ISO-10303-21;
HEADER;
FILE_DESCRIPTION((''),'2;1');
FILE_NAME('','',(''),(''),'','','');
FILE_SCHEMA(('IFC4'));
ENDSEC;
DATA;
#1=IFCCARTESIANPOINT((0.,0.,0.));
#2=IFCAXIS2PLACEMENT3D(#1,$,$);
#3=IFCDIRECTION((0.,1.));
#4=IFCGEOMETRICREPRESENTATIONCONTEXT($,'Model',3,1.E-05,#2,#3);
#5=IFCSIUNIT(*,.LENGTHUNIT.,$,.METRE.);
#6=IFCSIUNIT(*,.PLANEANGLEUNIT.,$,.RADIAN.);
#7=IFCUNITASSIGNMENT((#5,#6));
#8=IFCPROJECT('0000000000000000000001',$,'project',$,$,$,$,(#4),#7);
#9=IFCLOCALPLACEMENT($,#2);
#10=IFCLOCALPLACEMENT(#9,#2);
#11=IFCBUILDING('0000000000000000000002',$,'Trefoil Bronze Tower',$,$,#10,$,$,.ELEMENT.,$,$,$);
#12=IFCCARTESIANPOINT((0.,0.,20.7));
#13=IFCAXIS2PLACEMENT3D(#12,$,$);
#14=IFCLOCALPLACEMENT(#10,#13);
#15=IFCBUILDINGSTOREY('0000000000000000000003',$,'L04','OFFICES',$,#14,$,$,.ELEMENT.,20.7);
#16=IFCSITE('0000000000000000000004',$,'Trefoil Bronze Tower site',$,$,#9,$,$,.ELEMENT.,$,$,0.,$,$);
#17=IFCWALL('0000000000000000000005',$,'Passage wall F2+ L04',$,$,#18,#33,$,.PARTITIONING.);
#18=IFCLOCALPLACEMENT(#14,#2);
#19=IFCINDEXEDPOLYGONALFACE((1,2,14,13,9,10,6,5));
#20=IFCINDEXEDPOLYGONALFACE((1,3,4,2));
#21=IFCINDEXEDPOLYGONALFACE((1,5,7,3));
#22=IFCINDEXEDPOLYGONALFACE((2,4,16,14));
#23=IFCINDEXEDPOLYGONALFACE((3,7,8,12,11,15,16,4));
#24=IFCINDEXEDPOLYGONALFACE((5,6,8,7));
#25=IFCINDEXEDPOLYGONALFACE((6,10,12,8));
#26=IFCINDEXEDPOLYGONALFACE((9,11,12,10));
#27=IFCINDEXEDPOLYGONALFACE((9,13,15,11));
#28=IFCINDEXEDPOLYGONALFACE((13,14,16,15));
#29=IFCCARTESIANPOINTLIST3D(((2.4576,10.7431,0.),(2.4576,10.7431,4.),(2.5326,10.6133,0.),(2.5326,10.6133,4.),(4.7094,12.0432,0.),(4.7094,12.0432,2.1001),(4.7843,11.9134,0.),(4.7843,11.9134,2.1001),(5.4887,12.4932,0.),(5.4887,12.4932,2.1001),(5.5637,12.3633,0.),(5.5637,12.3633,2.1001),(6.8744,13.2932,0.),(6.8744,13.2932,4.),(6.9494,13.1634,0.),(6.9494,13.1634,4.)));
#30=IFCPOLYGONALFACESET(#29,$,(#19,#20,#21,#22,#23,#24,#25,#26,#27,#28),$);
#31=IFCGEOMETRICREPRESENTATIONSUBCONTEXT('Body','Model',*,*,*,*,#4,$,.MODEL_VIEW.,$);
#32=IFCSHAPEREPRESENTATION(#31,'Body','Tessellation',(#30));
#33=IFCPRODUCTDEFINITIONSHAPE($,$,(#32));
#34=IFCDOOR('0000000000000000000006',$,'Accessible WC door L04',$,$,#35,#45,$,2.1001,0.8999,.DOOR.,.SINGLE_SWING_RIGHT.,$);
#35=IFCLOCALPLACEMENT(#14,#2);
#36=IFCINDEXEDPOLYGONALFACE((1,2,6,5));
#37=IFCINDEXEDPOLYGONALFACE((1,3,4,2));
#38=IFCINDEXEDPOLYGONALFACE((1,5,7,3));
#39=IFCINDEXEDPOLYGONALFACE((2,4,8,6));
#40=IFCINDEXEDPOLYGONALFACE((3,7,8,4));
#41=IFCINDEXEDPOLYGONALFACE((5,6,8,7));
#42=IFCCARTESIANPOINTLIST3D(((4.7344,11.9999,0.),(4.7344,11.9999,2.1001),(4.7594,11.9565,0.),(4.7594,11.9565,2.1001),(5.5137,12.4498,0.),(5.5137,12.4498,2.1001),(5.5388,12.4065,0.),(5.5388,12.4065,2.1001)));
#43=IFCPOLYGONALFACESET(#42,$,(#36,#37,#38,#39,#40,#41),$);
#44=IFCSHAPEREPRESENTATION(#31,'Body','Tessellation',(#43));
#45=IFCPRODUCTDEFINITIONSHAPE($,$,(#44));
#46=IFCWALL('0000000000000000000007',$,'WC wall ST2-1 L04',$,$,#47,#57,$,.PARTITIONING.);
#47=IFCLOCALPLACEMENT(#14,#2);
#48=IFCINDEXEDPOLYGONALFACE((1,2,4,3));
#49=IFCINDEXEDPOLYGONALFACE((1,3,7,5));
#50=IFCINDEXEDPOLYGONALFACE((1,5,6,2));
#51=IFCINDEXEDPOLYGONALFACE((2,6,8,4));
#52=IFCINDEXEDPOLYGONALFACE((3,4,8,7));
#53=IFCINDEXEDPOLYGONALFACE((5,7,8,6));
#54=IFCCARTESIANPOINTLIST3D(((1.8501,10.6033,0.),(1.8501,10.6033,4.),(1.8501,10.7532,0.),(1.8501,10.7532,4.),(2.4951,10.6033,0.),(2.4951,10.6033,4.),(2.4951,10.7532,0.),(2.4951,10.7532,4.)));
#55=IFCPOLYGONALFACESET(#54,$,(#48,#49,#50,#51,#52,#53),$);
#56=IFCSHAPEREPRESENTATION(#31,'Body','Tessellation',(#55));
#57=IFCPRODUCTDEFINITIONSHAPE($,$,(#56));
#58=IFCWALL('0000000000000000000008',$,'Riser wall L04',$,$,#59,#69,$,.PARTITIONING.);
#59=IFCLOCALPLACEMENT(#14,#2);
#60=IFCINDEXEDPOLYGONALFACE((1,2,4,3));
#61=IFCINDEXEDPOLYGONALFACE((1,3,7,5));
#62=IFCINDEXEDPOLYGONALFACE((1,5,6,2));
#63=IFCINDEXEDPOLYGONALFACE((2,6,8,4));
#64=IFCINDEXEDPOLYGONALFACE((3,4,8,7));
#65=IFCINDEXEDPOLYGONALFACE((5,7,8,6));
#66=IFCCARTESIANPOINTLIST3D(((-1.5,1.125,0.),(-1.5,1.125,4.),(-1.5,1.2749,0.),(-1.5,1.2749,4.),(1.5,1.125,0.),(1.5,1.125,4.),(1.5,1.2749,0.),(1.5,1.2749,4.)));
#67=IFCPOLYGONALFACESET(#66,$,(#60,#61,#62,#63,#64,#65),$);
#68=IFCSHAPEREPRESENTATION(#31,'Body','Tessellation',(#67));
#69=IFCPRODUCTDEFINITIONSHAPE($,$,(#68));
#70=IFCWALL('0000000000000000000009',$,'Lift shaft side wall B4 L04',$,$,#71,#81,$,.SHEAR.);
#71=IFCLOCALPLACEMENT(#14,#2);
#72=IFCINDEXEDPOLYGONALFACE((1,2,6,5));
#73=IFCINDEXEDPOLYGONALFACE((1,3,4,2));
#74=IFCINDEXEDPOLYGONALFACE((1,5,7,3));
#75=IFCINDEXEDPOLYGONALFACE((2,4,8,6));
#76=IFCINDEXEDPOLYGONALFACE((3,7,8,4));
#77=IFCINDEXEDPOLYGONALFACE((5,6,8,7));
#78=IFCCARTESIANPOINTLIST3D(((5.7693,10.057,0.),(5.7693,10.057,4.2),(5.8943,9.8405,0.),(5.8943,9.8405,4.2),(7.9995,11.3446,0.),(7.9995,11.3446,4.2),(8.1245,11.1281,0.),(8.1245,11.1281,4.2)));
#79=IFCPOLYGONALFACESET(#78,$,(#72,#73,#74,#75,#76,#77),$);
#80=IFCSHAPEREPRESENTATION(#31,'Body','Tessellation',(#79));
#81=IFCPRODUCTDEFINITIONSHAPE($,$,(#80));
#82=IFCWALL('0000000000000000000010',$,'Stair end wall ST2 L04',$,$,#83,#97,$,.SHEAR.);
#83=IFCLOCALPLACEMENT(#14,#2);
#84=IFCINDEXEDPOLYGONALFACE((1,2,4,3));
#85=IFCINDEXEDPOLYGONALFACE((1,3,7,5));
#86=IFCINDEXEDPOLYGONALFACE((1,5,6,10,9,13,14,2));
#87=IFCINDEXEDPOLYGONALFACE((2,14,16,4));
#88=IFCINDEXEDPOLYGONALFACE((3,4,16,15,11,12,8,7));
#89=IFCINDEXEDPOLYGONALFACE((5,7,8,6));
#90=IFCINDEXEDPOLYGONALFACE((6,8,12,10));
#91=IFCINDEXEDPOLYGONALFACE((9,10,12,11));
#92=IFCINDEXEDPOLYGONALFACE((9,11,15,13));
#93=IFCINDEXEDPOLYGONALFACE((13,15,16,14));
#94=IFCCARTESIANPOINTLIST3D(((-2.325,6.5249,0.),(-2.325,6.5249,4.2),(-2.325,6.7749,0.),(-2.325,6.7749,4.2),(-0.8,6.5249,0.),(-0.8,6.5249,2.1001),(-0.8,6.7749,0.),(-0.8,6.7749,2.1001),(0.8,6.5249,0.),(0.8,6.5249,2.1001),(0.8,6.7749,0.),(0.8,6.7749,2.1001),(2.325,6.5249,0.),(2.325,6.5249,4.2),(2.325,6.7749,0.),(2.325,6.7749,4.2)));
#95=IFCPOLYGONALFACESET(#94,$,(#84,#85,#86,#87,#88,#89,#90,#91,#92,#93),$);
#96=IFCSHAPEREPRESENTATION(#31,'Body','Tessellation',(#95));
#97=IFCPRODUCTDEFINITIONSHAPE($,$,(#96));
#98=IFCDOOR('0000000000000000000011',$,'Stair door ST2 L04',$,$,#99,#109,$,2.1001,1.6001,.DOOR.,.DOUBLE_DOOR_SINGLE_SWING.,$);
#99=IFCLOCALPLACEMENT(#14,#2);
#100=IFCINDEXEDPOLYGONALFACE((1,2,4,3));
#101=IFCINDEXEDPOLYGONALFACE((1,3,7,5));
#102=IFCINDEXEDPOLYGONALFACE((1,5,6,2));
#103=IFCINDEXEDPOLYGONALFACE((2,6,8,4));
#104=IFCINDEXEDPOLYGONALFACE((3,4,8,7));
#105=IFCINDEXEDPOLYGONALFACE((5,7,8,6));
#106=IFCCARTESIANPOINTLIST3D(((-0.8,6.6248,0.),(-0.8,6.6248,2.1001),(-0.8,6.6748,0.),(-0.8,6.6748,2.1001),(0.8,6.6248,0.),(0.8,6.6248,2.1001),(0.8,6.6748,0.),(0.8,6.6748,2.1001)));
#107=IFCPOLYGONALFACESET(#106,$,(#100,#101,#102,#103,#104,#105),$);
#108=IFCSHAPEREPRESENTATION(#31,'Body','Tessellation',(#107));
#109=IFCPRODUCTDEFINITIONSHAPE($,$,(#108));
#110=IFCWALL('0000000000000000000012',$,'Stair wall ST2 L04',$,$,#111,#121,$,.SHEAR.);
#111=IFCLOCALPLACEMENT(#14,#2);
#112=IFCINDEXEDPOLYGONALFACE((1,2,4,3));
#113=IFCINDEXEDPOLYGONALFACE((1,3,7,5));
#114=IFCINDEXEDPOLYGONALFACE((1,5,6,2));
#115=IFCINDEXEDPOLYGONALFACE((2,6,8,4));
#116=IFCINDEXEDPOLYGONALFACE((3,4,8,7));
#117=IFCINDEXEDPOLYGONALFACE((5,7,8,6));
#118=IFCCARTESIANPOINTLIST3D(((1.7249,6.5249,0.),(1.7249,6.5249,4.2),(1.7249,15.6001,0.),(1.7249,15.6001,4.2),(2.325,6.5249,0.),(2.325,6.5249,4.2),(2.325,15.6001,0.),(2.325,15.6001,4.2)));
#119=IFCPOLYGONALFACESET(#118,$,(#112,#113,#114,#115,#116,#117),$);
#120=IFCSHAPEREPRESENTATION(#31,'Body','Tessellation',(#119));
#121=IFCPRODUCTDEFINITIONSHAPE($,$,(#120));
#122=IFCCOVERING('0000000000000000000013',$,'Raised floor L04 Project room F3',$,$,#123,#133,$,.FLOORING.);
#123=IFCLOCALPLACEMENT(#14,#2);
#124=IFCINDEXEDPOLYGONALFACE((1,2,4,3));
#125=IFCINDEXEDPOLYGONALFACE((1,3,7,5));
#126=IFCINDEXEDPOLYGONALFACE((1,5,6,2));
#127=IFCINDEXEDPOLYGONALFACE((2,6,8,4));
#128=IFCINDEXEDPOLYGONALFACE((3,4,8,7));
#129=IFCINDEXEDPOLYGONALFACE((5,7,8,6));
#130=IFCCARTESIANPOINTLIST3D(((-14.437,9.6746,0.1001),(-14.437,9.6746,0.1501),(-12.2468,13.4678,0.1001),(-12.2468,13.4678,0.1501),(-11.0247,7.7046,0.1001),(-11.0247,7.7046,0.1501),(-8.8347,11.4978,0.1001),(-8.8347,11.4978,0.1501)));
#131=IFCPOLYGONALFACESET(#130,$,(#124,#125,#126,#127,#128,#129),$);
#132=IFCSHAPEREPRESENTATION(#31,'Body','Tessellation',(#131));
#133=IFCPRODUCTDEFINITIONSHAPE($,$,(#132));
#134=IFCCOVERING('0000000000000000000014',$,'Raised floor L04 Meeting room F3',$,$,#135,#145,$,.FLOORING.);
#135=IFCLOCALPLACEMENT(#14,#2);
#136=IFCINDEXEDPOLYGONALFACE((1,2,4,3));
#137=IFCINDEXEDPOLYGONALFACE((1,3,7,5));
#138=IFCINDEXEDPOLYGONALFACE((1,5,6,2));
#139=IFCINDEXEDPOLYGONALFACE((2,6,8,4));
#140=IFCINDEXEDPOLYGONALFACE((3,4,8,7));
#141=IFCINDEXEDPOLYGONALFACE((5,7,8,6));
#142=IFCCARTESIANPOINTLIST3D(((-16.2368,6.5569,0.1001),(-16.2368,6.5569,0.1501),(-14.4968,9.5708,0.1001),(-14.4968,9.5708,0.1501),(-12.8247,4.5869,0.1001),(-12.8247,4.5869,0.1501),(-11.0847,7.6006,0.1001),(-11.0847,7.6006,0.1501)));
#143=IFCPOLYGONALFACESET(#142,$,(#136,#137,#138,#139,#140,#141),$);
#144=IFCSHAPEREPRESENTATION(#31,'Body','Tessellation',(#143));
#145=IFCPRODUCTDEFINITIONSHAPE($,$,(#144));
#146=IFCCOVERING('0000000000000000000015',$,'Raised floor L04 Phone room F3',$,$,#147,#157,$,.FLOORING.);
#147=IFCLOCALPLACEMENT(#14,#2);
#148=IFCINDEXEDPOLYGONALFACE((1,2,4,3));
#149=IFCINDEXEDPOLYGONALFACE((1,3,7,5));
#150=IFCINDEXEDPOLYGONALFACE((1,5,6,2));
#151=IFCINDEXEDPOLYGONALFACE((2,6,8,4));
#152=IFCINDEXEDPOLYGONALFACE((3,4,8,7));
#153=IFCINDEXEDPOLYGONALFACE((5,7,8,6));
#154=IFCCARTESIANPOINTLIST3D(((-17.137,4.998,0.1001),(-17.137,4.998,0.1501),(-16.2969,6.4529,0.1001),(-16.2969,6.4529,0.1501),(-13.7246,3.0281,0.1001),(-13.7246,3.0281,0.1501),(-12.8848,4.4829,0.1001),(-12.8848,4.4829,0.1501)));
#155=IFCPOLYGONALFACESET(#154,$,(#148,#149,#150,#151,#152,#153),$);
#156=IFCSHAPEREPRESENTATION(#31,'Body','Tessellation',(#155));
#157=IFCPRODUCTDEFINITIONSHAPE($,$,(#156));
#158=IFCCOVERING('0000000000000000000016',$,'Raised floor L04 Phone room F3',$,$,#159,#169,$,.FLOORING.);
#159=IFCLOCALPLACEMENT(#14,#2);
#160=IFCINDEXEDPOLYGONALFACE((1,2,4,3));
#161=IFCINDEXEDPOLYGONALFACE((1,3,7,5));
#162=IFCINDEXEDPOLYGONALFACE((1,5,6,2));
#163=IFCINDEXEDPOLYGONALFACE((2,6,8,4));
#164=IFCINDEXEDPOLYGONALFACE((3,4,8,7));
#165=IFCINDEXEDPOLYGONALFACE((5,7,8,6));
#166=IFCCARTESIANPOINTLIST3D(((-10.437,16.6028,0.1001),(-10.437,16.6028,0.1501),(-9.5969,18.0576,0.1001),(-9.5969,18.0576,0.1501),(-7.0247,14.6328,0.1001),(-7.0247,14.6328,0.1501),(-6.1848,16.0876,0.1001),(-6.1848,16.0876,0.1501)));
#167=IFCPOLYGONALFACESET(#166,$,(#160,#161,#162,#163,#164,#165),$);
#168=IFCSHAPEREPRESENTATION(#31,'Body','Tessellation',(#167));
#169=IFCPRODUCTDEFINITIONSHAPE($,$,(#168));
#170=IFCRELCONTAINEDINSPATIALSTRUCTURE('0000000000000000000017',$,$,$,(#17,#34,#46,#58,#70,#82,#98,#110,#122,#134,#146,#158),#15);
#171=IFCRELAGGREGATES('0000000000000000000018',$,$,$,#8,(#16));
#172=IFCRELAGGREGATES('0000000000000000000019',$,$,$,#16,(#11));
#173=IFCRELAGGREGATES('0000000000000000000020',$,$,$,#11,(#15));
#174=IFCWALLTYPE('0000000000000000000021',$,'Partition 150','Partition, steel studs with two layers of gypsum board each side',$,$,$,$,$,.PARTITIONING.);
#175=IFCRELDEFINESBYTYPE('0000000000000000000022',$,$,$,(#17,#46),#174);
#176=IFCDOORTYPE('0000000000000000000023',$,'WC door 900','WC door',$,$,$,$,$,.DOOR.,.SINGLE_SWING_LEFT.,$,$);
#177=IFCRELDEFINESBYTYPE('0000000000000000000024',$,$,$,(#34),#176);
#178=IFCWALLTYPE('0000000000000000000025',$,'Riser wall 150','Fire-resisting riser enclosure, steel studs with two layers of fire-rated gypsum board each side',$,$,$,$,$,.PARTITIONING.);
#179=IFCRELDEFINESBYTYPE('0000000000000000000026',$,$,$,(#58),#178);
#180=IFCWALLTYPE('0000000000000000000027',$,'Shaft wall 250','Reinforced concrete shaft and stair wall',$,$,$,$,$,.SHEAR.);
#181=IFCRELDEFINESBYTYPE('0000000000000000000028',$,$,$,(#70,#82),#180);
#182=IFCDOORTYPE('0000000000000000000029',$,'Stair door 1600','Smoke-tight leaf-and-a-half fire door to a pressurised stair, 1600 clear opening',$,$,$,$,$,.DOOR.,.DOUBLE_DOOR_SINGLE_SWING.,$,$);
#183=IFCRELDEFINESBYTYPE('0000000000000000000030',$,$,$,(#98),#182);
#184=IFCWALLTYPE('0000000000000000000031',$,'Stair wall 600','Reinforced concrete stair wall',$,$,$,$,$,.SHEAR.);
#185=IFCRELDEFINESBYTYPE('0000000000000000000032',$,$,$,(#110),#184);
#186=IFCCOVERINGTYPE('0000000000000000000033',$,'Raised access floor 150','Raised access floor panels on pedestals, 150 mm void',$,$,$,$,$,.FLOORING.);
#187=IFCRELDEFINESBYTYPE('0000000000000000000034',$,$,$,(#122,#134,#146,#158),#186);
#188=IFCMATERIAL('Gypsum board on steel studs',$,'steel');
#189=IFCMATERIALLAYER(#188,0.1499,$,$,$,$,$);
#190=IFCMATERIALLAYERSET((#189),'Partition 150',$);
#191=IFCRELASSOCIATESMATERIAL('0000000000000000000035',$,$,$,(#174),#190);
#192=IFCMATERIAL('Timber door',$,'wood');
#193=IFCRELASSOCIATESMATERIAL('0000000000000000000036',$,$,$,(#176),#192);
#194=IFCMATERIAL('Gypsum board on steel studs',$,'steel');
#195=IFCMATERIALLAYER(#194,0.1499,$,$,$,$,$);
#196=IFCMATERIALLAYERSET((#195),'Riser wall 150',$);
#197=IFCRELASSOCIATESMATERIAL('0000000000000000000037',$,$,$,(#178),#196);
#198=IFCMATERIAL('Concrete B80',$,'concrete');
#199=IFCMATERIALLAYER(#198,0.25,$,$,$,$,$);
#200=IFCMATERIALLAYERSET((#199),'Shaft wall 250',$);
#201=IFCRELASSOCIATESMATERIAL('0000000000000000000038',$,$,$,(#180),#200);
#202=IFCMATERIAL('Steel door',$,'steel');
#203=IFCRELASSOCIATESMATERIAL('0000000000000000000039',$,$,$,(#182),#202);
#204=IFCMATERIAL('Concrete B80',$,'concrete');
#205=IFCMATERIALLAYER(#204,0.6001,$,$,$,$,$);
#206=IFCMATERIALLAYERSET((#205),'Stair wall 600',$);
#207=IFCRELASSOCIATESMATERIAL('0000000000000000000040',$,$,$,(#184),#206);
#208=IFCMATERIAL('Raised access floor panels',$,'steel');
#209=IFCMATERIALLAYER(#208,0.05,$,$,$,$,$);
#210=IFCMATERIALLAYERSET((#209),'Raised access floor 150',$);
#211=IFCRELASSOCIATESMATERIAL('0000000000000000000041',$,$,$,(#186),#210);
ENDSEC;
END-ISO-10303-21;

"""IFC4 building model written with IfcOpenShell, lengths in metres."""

from ifc_helpers import new_model, si_unit, direction, frame, frame_2d, origin, place, context, subcontext, project, spatial, polyline, rectangle, outline, extrude, material, layer, layer_set, type_object, element, fill, save


model = new_model("IFC4")

# Units and contexts
model_context = context("Model", 3, precision=1e-05, world=origin(), true_north=direction((0.0, 1.0)))
body_context = subcontext(model_context, "Body", "Model", "MODEL_VIEW")
ifc_project = project(units=[si_unit("LENGTHUNIT", "METRE"), si_unit("PLANEANGLEUNIT", "RADIAN")], contexts=[model_context])

# Site, building, storey
site_placement = place(None, origin())
site = spatial("IfcSite", under=ifc_project, at=site_placement, Name="Trefoil Bronze Tower site", CompositionType="ELEMENT", RefElevation=0.0)
building_placement = place(site_placement, origin())
building = spatial("IfcBuilding", under=site, at=building_placement, Name="Trefoil Bronze Tower", CompositionType="ELEMENT")
storey_placement = place(building_placement, frame((0.0, 0.0, 20.7)))
storey = spatial("IfcBuildingStorey", under=building, at=storey_placement, Name="L04", Description="OFFICES", CompositionType="ELEMENT", Elevation=20.7)

# Wall, opening, door
ifc_material_1 = material(Name="Gypsum board on steel studs", Category="steel")
ifc_layer_1 = layer(ifc_material_1, 0.1499)
ifc_layer_set_1 = layer_set([ifc_layer_1], Name="Partition 150")
wall_type_1 = type_object("IfcWallType", Name="Partition 150", Description="Partition, steel studs with two layers of gypsum board each side", PredefinedType="PARTITIONING", material=ifc_layer_set_1)
wall_1_placement = place(storey_placement, frame((2.4951, 10.6782, 0.0), z_axis=(0.0, 0.0, 1.0), x_axis=(0.866022, 0.500006, 0.0)))
wall_1 = element("IfcWall", 1, at=wall_1_placement, inside=storey, type_object=wall_type_1, Name="Passage wall F2+ L04", PredefinedType="PARTITIONING", context=body_context, shape_type="SweptSolid", body=[
    extrude(rectangle(XDim=5.1001, YDim=0.1499, at=frame_2d((2.55, 0.0))), origin(), (0.0, 0.0, 1.0), 4.0),
])
opening_1_placement = place(wall_1_placement, frame((2.6001, 0.0, 0.0)))
opening_1 = element("IfcOpeningElement", 2, at=opening_1_placement, cuts=wall_1, PredefinedType="OPENING", context=body_context, shape_type="SweptSolid", body=[
    extrude(rectangle(XDim=0.8999, YDim=2.1001, at=frame_2d((0.45, 1.05))), frame((0.0, 0.085, 0.0), z_axis=(0.0, -1.0, 0.0), x_axis=(1.0, 0.0, 0.0)), (0.0, 0.0, 1.0), 0.1699),
])
ifc_material_2 = material(Name="Timber door", Category="wood")
door_type_1 = type_object("IfcDoorType", Name="WC door 900", Description="WC door", OperationType="SINGLE_SWING_LEFT", PredefinedType="DOOR", material=ifc_material_2)
door_1_placement = place(opening_1_placement, origin())
door_1 = element("IfcDoor", 3, at=door_1_placement, inside=storey, type_object=door_type_1, Name="Accessible WC door L04", OperationType="SINGLE_SWING_RIGHT", OverallHeight=2.1001, OverallWidth=0.8999, PredefinedType="DOOR", context=body_context, shape_type="SweptSolid", body=[
    extrude(rectangle(XDim=0.8999, YDim=2.1001, at=frame_2d((0.45, 1.05))), frame((0.0, 0.0249, 0.0), z_axis=(0.0, -1.0, 0.0), x_axis=(1.0, 0.0, 0.0)), (0.0, 0.0, 1.0), 0.05),
])
fill(opening_1, door_1)

# Walls
wall_2_placement = place(storey_placement, frame((2.4951, 10.6782, 0.0), z_axis=(0.0, 0.0, 1.0), x_axis=(-1.0, 0.0, 0.0)))
element("IfcWall", 4, at=wall_2_placement, inside=storey, type_object=wall_type_1, Name="WC wall ST2-1 L04", PredefinedType="PARTITIONING", context=body_context, shape_type="SweptSolid", body=[
    extrude(rectangle(XDim=0.645, YDim=0.1499, at=frame_2d((0.3225, 0.0))), origin(), (0.0, 0.0, 1.0), 4.0),
])
ifc_material_3 = material(Name="Gypsum board on steel studs", Category="steel")
ifc_layer_2 = layer(ifc_material_3, 0.1499)
ifc_layer_set_2 = layer_set([ifc_layer_2], Name="Riser wall 150")
wall_type_2 = type_object("IfcWallType", Name="Riser wall 150", Description="Fire-resisting riser enclosure, steel studs with two layers of fire-rated gypsum board each side", PredefinedType="PARTITIONING", material=ifc_layer_set_2)
wall_3_placement = place(storey_placement, frame((1.5, 1.2, 0.0), z_axis=(0.0, 0.0, 1.0), x_axis=(-1.0, 0.0, 0.0)))
element("IfcWall", 5, at=wall_3_placement, inside=storey, type_object=wall_type_2, Name="Riser wall L04", PredefinedType="PARTITIONING", context=body_context, shape_type="SweptSolid", body=[
    extrude(rectangle(XDim=3.0, YDim=0.1499, at=frame_2d((1.5, 0.0))), origin(), (0.0, 0.0, 1.0), 4.0),
])
ifc_material_4 = material(Name="Concrete B80", Category="concrete")
ifc_layer_3 = layer(ifc_material_4, 0.25)
ifc_layer_set_3 = layer_set([ifc_layer_3], Name="Shaft wall 250")
wall_type_3 = type_object("IfcWallType", Name="Shaft wall 250", Description="Reinforced concrete shaft and stair wall", PredefinedType="SHEAR", material=ifc_layer_set_3)
wall_4_placement = place(storey_placement, frame((5.8318, 9.9487, 0.0), z_axis=(0.0, 0.0, 1.0), x_axis=(0.866029, 0.499993, 0.0)))
element("IfcWall", 6, at=wall_4_placement, inside=storey, type_object=wall_type_3, Name="Lift shaft side wall B4 L04", PredefinedType="SHEAR", context=body_context, shape_type="SweptSolid", body=[
    extrude(rectangle(XDim=2.5752, YDim=0.25, at=frame_2d((1.2876, 0.0))), origin(), (0.0, 0.0, 1.0), 4.2),
])

# Wall, opening, door
wall_5_placement = place(storey_placement, frame((2.325, 6.6499, 0.0), z_axis=(0.0, 0.0, 1.0), x_axis=(-1.0, 0.0, 0.0)))
wall_5 = element("IfcWall", 7, at=wall_5_placement, inside=storey, type_object=wall_type_3, Name="Stair end wall ST2 L04", PredefinedType="SHEAR", context=body_context, shape_type="SweptSolid", body=[
    extrude(rectangle(XDim=4.6499, YDim=0.25, at=frame_2d((2.325, 0.0))), origin(), (0.0, 0.0, 1.0), 4.2),
])
opening_2_placement = place(wall_5_placement, frame((1.5249, 0.0, 0.0)))
opening_2 = element("IfcOpeningElement", 8, at=opening_2_placement, cuts=wall_5, PredefinedType="OPENING", context=body_context, shape_type="SweptSolid", body=[
    extrude(rectangle(XDim=1.6001, YDim=2.1001, at=frame_2d((0.8, 1.05))), frame((0.0, 0.135, 0.0), z_axis=(0.0, -1.0, 0.0), x_axis=(1.0, 0.0, 0.0)), (0.0, 0.0, 1.0), 0.27),
])
ifc_material_5 = material(Name="Steel door", Category="steel")
door_type_2 = type_object("IfcDoorType", Name="Stair door 1600", Description="Smoke-tight leaf-and-a-half fire door to a pressurised stair, 1600 clear opening", OperationType="DOUBLE_DOOR_SINGLE_SWING", PredefinedType="DOOR", material=ifc_material_5)
door_2_placement = place(opening_2_placement, frame((1.6001, 0.0, 0.0), z_axis=(0.0, 0.0, 1.0), x_axis=(-1.0, 0.0, 0.0)))
door_2 = element("IfcDoor", 9, at=door_2_placement, inside=storey, type_object=door_type_2, Name="Stair door ST2 L04", OperationType="DOUBLE_DOOR_SINGLE_SWING", OverallHeight=2.1001, OverallWidth=1.6001, PredefinedType="DOOR", context=body_context, shape_type="SweptSolid", body=[
    extrude(rectangle(XDim=1.6001, YDim=2.1001, at=frame_2d((0.8, 1.05))), frame((0.0, 0.0249, 0.0), z_axis=(0.0, -1.0, 0.0), x_axis=(1.0, 0.0, 0.0)), (0.0, 0.0, 1.0), 0.05),
])
fill(opening_2, door_2)

# Wall
ifc_material_6 = material(Name="Concrete B80", Category="concrete")
ifc_layer_4 = layer(ifc_material_6, 0.6001)
ifc_layer_set_4 = layer_set([ifc_layer_4], Name="Stair wall 600")
wall_type_4 = type_object("IfcWallType", Name="Stair wall 600", Description="Reinforced concrete stair wall", PredefinedType="SHEAR", material=ifc_layer_set_4)
wall_6_placement = place(storey_placement, frame((2.0249, 6.5249, 0.0), z_axis=(0.0, 0.0, 1.0), x_axis=(0.0, 1.0, 0.0)))
element("IfcWall", 10, at=wall_6_placement, inside=storey, type_object=wall_type_4, Name="Stair wall ST2 L04", PredefinedType="SHEAR", context=body_context, shape_type="SweptSolid", body=[
    extrude(rectangle(XDim=9.0752, YDim=0.6001, at=frame_2d((4.5376, 0.0))), origin(), (0.0, 0.0, 1.0), 4.2),
])

# Coverings
ifc_material_7 = material(Name="Raised access floor panels", Category="steel")
ifc_layer_5 = layer(ifc_material_7, 0.05)
ifc_layer_set_5 = layer_set([ifc_layer_5], Name="Raised access floor 150")
covering_type_1 = type_object("IfcCoveringType", Name="Raised access floor 150", Description="Raised access floor panels on pedestals, 150 mm void", PredefinedType="FLOORING", material=ifc_layer_set_5)
covering_1_placement = place(storey_placement, frame((0.0, 0.0, 0.1001)))
element("IfcCovering", 11, at=covering_1_placement, inside=storey, type_object=covering_type_1, Name="Raised floor L04 Project room F3", PredefinedType="FLOORING", context=body_context, shape_type="SweptSolid", body=[
    extrude(outline(polyline([(-11.0247, 7.7046), (-14.437, 9.6746), (-12.2468, 13.4678), (-8.8347, 11.4978), (-11.0247, 7.7046)])), origin(), (0.0, 0.0, 1.0), 0.05),
])
covering_2_placement = place(storey_placement, frame((0.0, 0.0, 0.1001)))
element("IfcCovering", 12, at=covering_2_placement, inside=storey, type_object=covering_type_1, Name="Raised floor L04 Meeting room F3", PredefinedType="FLOORING", context=body_context, shape_type="SweptSolid", body=[
    extrude(outline(polyline([(-12.8247, 4.5869), (-16.2368, 6.5569), (-14.4968, 9.5708), (-11.0847, 7.6006), (-12.8247, 4.5869)])), origin(), (0.0, 0.0, 1.0), 0.05),
])
covering_3_placement = place(storey_placement, frame((0.0, 0.0, 0.1001)))
element("IfcCovering", 13, at=covering_3_placement, inside=storey, type_object=covering_type_1, Name="Raised floor L04 Phone room F3", PredefinedType="FLOORING", context=body_context, shape_type="SweptSolid", body=[
    extrude(outline(polyline([(-13.7246, 3.0281), (-17.137, 4.998), (-16.2969, 6.4529), (-12.8848, 4.4829), (-13.7246, 3.0281)])), origin(), (0.0, 0.0, 1.0), 0.05),
])
covering_4_placement = place(storey_placement, frame((0.0, 0.0, 0.1001)))
element("IfcCovering", 14, at=covering_4_placement, inside=storey, type_object=covering_type_1, Name="Raised floor L04 Phone room F3", PredefinedType="FLOORING", context=body_context, shape_type="SweptSolid", body=[
    extrude(outline(polyline([(-7.0247, 14.6328), (-10.437, 16.6028), (-9.5969, 18.0576), (-6.1848, 16.0876), (-7.0247, 14.6328)])), origin(), (0.0, 0.0, 1.0), 0.05),
])

save(model, "model.ifc")
